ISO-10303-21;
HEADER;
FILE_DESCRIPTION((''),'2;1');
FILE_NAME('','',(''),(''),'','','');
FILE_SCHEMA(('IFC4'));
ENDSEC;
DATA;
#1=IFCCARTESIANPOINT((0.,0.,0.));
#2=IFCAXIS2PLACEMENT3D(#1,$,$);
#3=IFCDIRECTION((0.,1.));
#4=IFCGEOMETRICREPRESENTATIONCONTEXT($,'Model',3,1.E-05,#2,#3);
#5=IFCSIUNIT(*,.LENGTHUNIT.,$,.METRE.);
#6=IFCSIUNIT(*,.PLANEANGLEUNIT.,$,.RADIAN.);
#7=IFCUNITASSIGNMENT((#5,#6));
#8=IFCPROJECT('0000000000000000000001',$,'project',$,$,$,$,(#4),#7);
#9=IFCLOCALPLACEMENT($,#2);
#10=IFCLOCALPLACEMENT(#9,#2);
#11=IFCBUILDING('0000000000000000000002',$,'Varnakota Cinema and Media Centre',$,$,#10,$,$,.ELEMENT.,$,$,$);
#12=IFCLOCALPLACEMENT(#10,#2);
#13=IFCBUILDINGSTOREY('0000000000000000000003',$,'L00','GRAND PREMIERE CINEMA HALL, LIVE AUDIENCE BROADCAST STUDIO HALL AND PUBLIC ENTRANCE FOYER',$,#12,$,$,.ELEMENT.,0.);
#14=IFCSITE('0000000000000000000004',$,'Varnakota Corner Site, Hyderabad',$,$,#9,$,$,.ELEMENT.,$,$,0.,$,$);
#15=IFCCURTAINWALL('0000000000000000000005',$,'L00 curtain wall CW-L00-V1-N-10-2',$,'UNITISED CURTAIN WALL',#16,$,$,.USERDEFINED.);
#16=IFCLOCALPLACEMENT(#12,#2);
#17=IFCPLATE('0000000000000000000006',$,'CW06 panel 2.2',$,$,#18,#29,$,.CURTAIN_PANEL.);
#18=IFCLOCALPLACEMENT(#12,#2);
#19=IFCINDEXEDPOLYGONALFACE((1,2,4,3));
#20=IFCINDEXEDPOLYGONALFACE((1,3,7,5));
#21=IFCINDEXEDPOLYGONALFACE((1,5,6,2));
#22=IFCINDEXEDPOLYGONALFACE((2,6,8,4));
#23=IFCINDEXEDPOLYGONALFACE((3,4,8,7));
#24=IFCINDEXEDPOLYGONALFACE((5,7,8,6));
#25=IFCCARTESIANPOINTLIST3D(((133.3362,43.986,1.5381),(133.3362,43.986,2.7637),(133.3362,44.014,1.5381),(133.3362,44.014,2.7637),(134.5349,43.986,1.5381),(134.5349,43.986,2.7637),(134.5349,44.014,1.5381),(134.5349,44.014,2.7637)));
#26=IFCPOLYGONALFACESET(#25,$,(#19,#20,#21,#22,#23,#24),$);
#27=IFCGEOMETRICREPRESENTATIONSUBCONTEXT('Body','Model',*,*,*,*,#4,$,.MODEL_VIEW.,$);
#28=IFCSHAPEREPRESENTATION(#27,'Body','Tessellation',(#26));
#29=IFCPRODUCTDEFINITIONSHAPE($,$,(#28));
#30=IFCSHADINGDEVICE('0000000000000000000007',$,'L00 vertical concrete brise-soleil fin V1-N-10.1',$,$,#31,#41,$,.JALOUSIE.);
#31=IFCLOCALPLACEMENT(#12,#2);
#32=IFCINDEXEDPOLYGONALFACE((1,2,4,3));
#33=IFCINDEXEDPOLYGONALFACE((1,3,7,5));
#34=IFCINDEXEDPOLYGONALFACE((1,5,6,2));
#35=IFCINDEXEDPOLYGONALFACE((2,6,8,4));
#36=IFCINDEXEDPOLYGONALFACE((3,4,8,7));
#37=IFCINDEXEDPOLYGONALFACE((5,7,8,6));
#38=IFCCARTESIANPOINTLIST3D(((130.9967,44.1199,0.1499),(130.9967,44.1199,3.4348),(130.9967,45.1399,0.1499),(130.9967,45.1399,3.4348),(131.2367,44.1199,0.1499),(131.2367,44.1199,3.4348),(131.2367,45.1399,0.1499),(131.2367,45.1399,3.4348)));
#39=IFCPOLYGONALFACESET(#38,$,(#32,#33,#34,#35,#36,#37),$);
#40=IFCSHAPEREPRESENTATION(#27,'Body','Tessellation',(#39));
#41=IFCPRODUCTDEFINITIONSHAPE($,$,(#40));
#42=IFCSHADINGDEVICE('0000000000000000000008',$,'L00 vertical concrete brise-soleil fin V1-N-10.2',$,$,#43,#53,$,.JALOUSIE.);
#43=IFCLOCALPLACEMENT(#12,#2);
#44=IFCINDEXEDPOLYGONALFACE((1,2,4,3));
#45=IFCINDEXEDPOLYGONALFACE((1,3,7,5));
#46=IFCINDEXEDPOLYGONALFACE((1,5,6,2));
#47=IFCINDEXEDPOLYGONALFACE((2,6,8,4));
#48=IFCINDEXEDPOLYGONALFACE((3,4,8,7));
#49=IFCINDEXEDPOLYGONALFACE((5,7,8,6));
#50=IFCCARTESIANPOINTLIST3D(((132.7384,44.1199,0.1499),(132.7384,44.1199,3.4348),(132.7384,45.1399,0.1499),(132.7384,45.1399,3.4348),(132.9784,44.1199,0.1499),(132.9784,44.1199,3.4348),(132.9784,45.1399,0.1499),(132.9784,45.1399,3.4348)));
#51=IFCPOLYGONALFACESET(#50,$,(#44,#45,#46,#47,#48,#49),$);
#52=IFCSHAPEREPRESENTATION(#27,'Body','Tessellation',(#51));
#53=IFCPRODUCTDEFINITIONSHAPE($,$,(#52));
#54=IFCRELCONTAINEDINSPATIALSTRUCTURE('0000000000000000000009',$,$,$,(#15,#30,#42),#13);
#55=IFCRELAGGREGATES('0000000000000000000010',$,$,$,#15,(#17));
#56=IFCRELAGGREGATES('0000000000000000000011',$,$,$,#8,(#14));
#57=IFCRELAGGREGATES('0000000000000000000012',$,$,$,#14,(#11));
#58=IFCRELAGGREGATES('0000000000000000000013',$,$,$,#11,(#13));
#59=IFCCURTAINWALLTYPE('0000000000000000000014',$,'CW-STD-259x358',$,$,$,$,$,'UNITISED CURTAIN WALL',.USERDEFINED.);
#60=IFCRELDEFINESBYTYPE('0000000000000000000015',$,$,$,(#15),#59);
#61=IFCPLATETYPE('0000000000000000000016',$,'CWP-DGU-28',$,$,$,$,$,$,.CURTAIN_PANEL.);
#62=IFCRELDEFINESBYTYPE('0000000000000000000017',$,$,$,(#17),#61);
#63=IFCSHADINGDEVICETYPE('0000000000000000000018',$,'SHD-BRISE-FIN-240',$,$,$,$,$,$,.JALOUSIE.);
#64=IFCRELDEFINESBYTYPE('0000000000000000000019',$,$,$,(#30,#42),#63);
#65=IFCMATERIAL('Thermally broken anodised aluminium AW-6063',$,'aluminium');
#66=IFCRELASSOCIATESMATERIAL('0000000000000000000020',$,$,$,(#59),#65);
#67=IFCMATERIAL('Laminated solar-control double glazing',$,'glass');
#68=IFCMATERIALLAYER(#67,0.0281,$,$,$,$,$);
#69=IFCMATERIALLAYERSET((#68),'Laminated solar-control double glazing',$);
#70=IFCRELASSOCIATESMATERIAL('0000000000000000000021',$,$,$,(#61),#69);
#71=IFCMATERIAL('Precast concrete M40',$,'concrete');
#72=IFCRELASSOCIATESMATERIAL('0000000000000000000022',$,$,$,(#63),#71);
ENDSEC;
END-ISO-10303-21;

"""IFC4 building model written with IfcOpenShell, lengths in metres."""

from ifc_helpers import new_model, si_unit, direction, frame, origin, origin_2d, place, context, subcontext, project, spatial, rectangle, extrude, material, layer, layer_set, type_object, element, aggregate, save


model = new_model("IFC4")

# Units and contexts
model_context = context("Model", 3, precision=1e-05, world=origin(), true_north=direction((0.0, 1.0)))
body_context = subcontext(model_context, "Body", "Model", "MODEL_VIEW")
ifc_project = project(units=[si_unit("LENGTHUNIT", "METRE"), si_unit("PLANEANGLEUNIT", "RADIAN")], contexts=[model_context])

# Site, building, storey
site_placement = place(None, origin())
site = spatial("IfcSite", under=ifc_project, at=site_placement, Name="Varnakota Corner Site, Hyderabad", CompositionType="ELEMENT", RefElevation=0.0)
building_placement = place(site_placement, origin())
building = spatial("IfcBuilding", under=site, at=building_placement, Name="Varnakota Cinema and Media Centre", CompositionType="ELEMENT")
storey_placement = place(building_placement, origin())
storey = spatial("IfcBuildingStorey", under=building, at=storey_placement, Name="L00", Description="GRAND PREMIERE CINEMA HALL, LIVE AUDIENCE BROADCAST STUDIO HALL AND PUBLIC ENTRANCE FOYER", CompositionType="ELEMENT", Elevation=0.0)

# Curtain wall
ifc_material_1 = material(Name="Thermally broken anodised aluminium AW-6063", Category="aluminium")
curtain_wall_type = type_object("IfcCurtainWallType", Name="CW-STD-259x358", ElementType="UNITISED CURTAIN WALL", PredefinedType="USERDEFINED", material=ifc_material_1)
curtain_wall_1_placement = place(storey_placement, origin())
curtain_wall_1 = element("IfcCurtainWall", 1, at=curtain_wall_1_placement, inside=storey, type_object=curtain_wall_type, Name="L00 curtain wall CW-L00-V1-N-10-2", ObjectType="UNITISED CURTAIN WALL", PredefinedType="USERDEFINED")

# Plate
ifc_material_2 = material(Name="Laminated solar-control double glazing", Category="glass")
ifc_layer = layer(ifc_material_2, 0.0281)
ifc_layer_set = layer_set([ifc_layer], Name="Laminated solar-control double glazing")
plate_type = type_object("IfcPlateType", Name="CWP-DGU-28", PredefinedType="CURTAIN_PANEL", material=ifc_layer_set)
plate_1_placement = place(storey_placement, frame((133.9355, 44.0, 1.5381), z_axis=(0.0, 0.0, 1.0), x_axis=(1.0, 0.0, 0.0)))
plate_1 = element("IfcPlate", 2, at=plate_1_placement, type_object=plate_type, Name="CW06 panel 2.2", PredefinedType="CURTAIN_PANEL", context=body_context, shape_type="SweptSolid", body=[
    extrude(rectangle(XDim=1.1987, YDim=0.0281, at=origin_2d()), origin(), (0.0, 0.0, 1.0), 1.2256),
])
aggregate(curtain_wall_1, [plate_1])

# Shading devices
ifc_material_3 = material(Name="Precast concrete M40", Category="concrete")
shading_device_type = type_object("IfcShadingDeviceType", Name="SHD-BRISE-FIN-240", PredefinedType="JALOUSIE", material=ifc_material_3)
for number, where, z_axis, x_axis, name in (
    (3, (131.1167, 44.6299, 0.1499), (0.0, 0.0, 1.0), (1.0, 0.0, 0.0), "L00 vertical concrete brise-soleil fin V1-N-10.1"),
    (4, (132.8584, 44.6299, 0.1499), (0.0, 0.0, 1.0), (1.0, 0.0, 0.0), "L00 vertical concrete brise-soleil fin V1-N-10.2"),
):
    element("IfcShadingDevice", number, at=place(storey_placement, frame(where, z_axis=z_axis, x_axis=x_axis)), inside=storey, type_object=shading_device_type, Name=name, PredefinedType="JALOUSIE", context=body_context, shape_type="SweptSolid", body=[
        extrude(rectangle(XDim=0.24, YDim=1.02, at=origin_2d()), origin(), (0.0, 0.0, 1.0), 3.2849),
    ])

save(model, "model.ifc")
